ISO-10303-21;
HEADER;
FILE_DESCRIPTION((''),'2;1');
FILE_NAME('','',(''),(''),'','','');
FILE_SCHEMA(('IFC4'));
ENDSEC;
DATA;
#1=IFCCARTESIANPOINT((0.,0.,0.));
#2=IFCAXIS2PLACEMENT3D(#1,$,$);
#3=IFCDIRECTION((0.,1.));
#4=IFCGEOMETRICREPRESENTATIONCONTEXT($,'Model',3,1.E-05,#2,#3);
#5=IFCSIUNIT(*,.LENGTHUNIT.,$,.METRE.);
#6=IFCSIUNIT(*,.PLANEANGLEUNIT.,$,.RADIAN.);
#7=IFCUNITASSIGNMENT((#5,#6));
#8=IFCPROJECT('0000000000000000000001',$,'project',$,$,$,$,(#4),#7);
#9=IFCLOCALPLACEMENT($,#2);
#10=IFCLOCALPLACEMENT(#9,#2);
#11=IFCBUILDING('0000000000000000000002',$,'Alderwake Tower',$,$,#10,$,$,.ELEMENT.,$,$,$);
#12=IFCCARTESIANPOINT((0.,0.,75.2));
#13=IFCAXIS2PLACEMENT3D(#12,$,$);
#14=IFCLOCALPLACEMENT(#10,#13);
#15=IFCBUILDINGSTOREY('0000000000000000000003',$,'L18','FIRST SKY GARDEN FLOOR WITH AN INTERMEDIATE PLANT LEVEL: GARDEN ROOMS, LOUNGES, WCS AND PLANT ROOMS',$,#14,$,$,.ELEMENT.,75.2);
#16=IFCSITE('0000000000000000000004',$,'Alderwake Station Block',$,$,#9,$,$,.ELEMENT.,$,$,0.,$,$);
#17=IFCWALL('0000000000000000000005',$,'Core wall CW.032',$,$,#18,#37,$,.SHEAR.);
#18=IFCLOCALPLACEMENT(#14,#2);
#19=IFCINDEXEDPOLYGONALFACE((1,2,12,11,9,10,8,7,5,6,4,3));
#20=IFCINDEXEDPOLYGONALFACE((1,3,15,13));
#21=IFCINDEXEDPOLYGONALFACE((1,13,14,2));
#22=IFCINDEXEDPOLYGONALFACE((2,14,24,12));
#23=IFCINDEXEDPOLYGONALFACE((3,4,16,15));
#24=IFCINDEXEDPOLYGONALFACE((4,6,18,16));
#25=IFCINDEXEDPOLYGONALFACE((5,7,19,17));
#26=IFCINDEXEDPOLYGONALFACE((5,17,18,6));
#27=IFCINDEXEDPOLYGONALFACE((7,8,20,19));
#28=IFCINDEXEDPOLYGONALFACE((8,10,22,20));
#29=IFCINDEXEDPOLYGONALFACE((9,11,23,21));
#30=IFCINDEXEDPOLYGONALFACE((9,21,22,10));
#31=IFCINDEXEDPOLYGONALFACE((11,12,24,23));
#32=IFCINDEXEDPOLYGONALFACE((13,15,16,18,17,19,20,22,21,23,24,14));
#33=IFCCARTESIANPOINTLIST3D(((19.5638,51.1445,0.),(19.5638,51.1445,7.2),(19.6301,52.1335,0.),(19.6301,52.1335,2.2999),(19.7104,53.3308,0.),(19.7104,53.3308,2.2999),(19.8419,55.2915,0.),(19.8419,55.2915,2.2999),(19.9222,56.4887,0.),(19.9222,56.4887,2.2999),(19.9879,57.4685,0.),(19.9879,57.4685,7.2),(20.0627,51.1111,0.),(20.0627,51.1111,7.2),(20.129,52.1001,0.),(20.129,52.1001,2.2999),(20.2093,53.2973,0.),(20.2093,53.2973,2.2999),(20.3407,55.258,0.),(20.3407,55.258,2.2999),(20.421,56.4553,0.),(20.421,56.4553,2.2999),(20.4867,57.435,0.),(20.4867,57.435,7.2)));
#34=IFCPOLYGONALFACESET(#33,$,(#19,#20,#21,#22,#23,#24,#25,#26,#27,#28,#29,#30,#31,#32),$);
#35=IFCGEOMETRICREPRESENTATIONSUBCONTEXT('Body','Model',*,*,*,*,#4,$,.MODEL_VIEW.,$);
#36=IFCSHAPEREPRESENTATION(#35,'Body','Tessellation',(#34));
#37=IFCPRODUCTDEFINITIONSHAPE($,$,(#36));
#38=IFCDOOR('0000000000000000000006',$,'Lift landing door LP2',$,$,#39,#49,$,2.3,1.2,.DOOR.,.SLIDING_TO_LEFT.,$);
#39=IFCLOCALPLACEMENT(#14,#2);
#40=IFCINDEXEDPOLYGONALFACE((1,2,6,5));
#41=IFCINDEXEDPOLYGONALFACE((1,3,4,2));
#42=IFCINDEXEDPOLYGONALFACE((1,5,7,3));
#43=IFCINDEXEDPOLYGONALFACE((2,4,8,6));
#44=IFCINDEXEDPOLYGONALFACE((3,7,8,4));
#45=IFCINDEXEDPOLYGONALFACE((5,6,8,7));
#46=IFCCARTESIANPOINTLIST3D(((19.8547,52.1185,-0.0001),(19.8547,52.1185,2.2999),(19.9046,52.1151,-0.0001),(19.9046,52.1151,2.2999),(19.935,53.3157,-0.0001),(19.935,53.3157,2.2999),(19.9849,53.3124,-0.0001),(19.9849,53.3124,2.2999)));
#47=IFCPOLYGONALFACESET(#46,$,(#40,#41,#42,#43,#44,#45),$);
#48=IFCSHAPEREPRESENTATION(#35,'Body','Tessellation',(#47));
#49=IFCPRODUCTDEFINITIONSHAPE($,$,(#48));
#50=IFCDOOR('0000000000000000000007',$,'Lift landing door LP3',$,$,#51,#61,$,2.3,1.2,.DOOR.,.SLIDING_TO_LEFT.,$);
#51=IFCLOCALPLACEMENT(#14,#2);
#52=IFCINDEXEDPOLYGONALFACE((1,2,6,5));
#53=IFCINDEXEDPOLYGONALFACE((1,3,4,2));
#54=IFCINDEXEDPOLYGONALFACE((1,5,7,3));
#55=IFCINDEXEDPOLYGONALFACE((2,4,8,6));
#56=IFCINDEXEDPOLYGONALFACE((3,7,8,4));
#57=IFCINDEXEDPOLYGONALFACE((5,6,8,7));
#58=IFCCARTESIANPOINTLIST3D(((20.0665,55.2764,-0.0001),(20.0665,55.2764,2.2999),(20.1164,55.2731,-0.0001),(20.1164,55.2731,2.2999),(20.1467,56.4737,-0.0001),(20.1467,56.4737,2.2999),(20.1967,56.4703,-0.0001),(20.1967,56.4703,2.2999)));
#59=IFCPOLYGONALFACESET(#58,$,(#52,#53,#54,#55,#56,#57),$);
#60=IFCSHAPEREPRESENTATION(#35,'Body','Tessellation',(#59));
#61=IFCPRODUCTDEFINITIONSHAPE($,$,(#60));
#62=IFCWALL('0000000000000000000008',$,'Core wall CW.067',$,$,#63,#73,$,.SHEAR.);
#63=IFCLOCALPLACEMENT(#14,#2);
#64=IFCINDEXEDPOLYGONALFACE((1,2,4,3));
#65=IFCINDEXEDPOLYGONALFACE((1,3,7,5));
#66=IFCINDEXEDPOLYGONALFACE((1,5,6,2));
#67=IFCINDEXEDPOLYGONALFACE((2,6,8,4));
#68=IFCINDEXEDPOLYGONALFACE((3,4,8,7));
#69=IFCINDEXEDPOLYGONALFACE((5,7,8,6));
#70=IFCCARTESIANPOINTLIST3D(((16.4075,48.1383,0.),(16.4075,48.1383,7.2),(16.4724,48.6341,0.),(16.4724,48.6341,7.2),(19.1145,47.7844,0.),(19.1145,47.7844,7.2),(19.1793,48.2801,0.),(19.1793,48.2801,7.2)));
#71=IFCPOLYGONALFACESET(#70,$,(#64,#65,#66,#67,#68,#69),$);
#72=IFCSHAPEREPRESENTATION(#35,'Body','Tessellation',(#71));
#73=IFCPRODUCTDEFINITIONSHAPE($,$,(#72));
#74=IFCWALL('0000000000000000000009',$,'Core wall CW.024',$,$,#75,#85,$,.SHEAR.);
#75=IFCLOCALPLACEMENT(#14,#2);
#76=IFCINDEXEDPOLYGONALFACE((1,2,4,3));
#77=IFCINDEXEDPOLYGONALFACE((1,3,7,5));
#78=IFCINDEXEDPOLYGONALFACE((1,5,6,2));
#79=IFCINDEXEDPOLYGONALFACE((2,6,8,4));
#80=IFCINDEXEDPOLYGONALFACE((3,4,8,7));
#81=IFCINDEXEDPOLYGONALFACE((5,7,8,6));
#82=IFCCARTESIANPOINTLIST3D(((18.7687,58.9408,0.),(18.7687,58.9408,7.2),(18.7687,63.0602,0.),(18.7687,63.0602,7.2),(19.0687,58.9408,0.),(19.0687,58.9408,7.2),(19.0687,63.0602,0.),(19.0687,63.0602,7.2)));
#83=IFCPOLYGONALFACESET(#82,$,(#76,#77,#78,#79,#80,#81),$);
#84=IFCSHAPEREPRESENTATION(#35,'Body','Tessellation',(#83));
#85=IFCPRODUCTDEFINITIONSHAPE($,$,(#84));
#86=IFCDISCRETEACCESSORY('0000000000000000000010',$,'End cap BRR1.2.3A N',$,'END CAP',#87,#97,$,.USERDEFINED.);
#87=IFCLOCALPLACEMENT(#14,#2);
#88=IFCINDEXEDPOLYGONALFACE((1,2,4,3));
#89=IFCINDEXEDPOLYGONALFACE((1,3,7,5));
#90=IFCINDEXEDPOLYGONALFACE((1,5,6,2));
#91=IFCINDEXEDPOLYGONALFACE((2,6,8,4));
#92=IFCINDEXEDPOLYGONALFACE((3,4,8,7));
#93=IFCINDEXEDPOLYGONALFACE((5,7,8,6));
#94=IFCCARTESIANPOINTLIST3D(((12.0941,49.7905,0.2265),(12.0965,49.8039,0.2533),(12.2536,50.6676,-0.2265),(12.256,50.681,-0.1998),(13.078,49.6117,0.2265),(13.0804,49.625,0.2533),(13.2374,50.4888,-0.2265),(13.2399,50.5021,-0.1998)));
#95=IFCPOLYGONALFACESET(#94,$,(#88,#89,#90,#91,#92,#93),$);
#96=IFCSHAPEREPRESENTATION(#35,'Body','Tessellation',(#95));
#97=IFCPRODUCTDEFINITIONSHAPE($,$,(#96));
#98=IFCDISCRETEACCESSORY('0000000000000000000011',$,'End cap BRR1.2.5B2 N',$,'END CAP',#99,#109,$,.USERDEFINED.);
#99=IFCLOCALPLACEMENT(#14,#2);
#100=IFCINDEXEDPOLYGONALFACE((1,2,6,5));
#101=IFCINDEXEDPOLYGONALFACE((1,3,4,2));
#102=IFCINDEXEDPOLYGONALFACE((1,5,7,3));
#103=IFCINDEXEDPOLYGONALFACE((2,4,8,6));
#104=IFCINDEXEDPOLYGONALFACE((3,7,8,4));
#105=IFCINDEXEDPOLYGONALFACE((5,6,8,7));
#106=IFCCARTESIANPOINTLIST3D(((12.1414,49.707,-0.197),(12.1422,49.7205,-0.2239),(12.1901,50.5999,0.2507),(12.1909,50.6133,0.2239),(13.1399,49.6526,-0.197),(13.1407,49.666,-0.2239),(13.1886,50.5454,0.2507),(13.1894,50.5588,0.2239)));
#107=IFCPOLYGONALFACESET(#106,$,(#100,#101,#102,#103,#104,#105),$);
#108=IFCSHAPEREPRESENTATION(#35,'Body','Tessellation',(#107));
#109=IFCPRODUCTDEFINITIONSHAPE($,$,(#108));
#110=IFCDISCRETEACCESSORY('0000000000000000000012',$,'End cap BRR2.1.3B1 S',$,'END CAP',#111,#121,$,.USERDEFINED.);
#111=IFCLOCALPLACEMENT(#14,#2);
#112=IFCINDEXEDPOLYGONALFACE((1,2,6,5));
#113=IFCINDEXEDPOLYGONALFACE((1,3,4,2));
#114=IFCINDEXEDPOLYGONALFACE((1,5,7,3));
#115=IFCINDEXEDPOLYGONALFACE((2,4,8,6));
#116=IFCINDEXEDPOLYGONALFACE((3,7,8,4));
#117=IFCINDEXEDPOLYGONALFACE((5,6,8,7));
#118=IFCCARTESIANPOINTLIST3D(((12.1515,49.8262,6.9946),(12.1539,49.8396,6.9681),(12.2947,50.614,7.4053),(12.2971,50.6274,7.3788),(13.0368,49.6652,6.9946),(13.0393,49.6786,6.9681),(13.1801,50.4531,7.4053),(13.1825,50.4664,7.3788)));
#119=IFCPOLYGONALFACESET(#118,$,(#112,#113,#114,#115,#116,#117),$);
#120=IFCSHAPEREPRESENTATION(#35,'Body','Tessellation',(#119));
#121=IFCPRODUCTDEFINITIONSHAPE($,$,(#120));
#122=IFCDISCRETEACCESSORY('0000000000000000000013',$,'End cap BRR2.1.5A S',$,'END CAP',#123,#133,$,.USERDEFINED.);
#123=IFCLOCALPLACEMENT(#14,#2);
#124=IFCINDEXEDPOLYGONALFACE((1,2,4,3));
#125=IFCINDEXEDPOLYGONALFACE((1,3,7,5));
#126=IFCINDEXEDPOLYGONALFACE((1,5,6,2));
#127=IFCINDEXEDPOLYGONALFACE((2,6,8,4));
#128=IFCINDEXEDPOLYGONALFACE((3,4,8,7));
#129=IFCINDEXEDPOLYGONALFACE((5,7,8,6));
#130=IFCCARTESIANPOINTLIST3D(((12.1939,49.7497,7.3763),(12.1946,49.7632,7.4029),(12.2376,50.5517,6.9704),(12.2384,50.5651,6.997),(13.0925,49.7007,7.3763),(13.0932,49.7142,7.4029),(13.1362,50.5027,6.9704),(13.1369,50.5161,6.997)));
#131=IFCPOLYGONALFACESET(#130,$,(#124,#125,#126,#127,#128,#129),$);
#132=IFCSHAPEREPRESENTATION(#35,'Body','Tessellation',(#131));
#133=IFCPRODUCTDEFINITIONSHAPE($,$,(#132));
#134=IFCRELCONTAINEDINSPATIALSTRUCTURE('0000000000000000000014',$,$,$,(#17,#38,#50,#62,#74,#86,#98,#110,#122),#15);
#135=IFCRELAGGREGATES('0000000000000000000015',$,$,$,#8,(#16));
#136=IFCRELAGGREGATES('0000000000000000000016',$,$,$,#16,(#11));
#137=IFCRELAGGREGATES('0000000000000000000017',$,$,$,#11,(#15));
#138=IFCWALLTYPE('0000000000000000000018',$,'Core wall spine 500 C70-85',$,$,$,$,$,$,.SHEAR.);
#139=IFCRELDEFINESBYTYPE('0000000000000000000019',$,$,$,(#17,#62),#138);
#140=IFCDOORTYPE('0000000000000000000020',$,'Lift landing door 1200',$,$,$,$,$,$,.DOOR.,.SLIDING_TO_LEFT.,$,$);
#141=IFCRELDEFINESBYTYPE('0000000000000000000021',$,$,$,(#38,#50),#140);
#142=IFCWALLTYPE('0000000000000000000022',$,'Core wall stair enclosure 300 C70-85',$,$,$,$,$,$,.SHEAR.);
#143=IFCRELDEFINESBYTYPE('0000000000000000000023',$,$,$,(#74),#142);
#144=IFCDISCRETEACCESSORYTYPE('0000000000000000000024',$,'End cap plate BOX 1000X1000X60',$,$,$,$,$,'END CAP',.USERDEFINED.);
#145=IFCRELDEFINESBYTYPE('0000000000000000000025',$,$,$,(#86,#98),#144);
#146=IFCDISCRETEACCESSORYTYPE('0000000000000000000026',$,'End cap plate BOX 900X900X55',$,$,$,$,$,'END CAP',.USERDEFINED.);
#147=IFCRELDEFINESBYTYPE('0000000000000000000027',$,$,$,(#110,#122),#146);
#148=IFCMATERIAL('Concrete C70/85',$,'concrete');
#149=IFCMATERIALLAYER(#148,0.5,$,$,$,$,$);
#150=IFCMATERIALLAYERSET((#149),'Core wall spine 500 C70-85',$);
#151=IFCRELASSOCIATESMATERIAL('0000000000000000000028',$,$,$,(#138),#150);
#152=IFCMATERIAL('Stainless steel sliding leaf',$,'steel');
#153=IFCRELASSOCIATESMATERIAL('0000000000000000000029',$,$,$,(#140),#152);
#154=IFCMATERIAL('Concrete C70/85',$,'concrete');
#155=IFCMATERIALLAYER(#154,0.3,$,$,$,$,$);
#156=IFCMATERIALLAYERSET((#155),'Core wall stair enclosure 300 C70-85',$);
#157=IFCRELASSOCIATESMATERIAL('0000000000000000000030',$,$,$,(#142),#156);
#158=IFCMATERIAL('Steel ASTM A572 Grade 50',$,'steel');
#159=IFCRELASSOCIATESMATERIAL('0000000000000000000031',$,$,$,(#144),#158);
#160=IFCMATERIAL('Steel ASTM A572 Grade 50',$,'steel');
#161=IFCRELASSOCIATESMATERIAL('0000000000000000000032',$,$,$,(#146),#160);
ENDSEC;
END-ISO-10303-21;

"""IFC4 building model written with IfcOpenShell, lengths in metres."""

from ifc_helpers import new_model, si_unit, direction, frame, frame_2d, origin, origin_2d, place, context, subcontext, project, spatial, rectangle, extrude, material, layer, layer_set, material_profile, profile_set, type_object, element, fill, save


model = new_model("IFC4")

# Units and contexts
model_context = context("Model", 3, precision=1e-05, world=origin(), true_north=direction((0.0, 1.0)))
body_context = subcontext(model_context, "Body", "Model", "MODEL_VIEW")
ifc_project = project(units=[si_unit("LENGTHUNIT", "METRE"), si_unit("PLANEANGLEUNIT", "RADIAN")], contexts=[model_context])

# Site, building, storey
site_placement = place(None, origin())
site = spatial("IfcSite", under=ifc_project, at=site_placement, Name="Alderwake Station Block", CompositionType="ELEMENT", RefElevation=0.0)
building_placement = place(site_placement, origin())
building = spatial("IfcBuilding", under=site, at=building_placement, Name="Alderwake Tower", CompositionType="ELEMENT")
storey_placement = place(building_placement, frame((0.0, 0.0, 75.2)))
storey = spatial("IfcBuildingStorey", under=building, at=storey_placement, Name="L18", Description="FIRST SKY GARDEN FLOOR WITH AN INTERMEDIATE PLANT LEVEL: GARDEN ROOMS, LOUNGES, WCS AND PLANT ROOMS", CompositionType="ELEMENT", Elevation=75.2)

# Wall, openings, doors
ifc_material_1 = material(Name="Concrete C70/85", Category="concrete")
ifc_layer_1 = layer(ifc_material_1, 0.5)
ifc_layer_set_1 = layer_set([ifc_layer_1], Name="Core wall spine 500 C70-85")
wall_type_1 = type_object("IfcWallType", Name="Core wall spine 500 C70-85", PredefinedType="SHEAR", material=ifc_layer_set_1)
ifc_material_2 = material(Name="Stainless steel sliding leaf", Category="steel")
door_type_1 = type_object("IfcDoorType", Name="Lift landing door 1200", OperationType="SLIDING_TO_LEFT", PredefinedType="DOOR", material=ifc_material_2)
wall_1_placement = place(storey_placement, frame((19.8132, 51.1279, 0.0), z_axis=(0.0, 0.0, 1.0), x_axis=(0.066908, 0.997759, 0.0)))
wall_1 = element("IfcWall", 1, at=wall_1_placement, inside=storey, type_object=wall_type_1, Name="Core wall CW.032", PredefinedType="SHEAR", context=body_context, shape_type="SweptSolid", body=[
    extrude(rectangle(XDim=6.3381, YDim=0.5, at=frame_2d((3.1689, 0.0))), origin(), (0.0, 0.0, 1.0), 7.2),
])
opening_1_placement = place(wall_1_placement, frame((0.991, 0.0, 0.0)))
opening_1 = element("IfcOpeningElement", 2, at=opening_1_placement, cuts=wall_1, PredefinedType="OPENING", context=body_context, shape_type="SweptSolid", body=[
    extrude(rectangle(XDim=1.2, YDim=2.3, at=frame_2d((0.6001, 1.1499))), frame((0.0, 0.26, 0.0), z_axis=(0.0, -1.0, 0.0), x_axis=(1.0, 0.0, 0.0)), (0.0, 0.0, 1.0), 0.52),
])
opening_2_placement = place(wall_1_placement, frame((4.156, 0.0, 0.0)))
opening_2 = element("IfcOpeningElement", 3, at=opening_2_placement, cuts=wall_1, PredefinedType="OPENING", context=body_context, shape_type="SweptSolid", body=[
    extrude(rectangle(XDim=1.2, YDim=2.3, at=frame_2d((0.6001, 1.1499))), frame((0.0, 0.26, 0.0), z_axis=(0.0, -1.0, 0.0), x_axis=(1.0, 0.0, 0.0)), (0.0, 0.0, 1.0), 0.52),
])
door_1_placement = place(opening_1_placement, origin())
door_1 = element("IfcDoor", 4, at=door_1_placement, inside=storey, type_object=door_type_1, Name="Lift landing door LP2", OperationType="SLIDING_TO_LEFT", OverallHeight=2.3, OverallWidth=1.2, PredefinedType="DOOR", context=body_context, shape_type="SweptSolid", body=[
    extrude(rectangle(XDim=1.2, YDim=2.3, at=frame_2d((0.6001, 1.1499))), frame((0.0, 0.0249, 0.0), z_axis=(0.0, -1.0, 0.0), x_axis=(1.0, 0.0, 0.0)), (0.0, 0.0, 1.0), 0.05),
])
fill(opening_1, door_1)
door_2_placement = place(opening_2_placement, origin())
door_2 = element("IfcDoor", 5, at=door_2_placement, inside=storey, type_object=door_type_1, Name="Lift landing door LP3", OperationType="SLIDING_TO_LEFT", OverallHeight=2.3, OverallWidth=1.2, PredefinedType="DOOR", context=body_context, shape_type="SweptSolid", body=[
    extrude(rectangle(XDim=1.2, YDim=2.3, at=frame_2d((0.6001, 1.1499))), frame((0.0, 0.0249, 0.0), z_axis=(0.0, -1.0, 0.0), x_axis=(1.0, 0.0, 0.0)), (0.0, 0.0, 1.0), 0.05),
])
fill(opening_2, door_2)

# Walls
wall_2_placement = place(storey_placement, frame((16.4399, 48.3862, 0.0), z_axis=(0.0, 0.0, 1.0), x_axis=(0.991557, -0.129668, 0.0)))
element("IfcWall", 6, at=wall_2_placement, inside=storey, type_object=wall_type_1, Name="Core wall CW.067", PredefinedType="SHEAR", context=body_context, shape_type="SweptSolid", body=[
    extrude(rectangle(XDim=2.73, YDim=0.5, at=frame_2d((1.365, 0.0))), origin(), (0.0, 0.0, 1.0), 7.2),
])
ifc_material_3 = material(Name="Concrete C70/85", Category="concrete")
ifc_layer_2 = layer(ifc_material_3, 0.3)
ifc_layer_set_2 = layer_set([ifc_layer_2], Name="Core wall stair enclosure 300 C70-85")
wall_type_2 = type_object("IfcWallType", Name="Core wall stair enclosure 300 C70-85", PredefinedType="SHEAR", material=ifc_layer_set_2)
wall_3_placement = place(storey_placement, frame((18.9187, 58.9409, 0.0), z_axis=(0.0, 0.0, 1.0), x_axis=(0.0, 1.0, 0.0)))
element("IfcWall", 7, at=wall_3_placement, inside=storey, type_object=wall_type_2, Name="Core wall CW.024", PredefinedType="SHEAR", context=body_context, shape_type="SweptSolid", body=[
    extrude(rectangle(XDim=4.1194, YDim=0.3, at=frame_2d((2.0596, 0.0))), origin(), (0.0, 0.0, 1.0), 7.2),
])

# Discrete accessories
ifc_material_4 = material(Name="Steel ASTM A572 Grade 50", Category="steel")
ifc_material_profile_1 = material_profile(ifc_material_4, rectangle(XDim=1.0, YDim=1.0, at=origin_2d()), Name="BOX 1000X1000X60 cap")
ifc_profile_set_1 = profile_set([ifc_material_profile_1], Name="Steel ASTM A572 Grade 50")
discrete_accessory_type_1 = type_object("IfcDiscreteAccessoryType", Name="End cap plate BOX 1000X1000X60", ElementType="END CAP", PredefinedType="USERDEFINED", material=ifc_profile_set_1)
for number, where, z_axis, x_axis, name in (
    (8, (12.6658, 50.1396, 0.0), (0.081044, 0.445742, 0.891485), (-0.98387, 0.178885, 0.0), "End cap BRR1.2.3A N"),
    (9, (12.6658, 50.1396, 0.0), (-0.024386, -0.447081, 0.894161), (0.998516, -0.054464, 0.0), "End cap BRR1.2.5B2 N"),
):
    element("IfcDiscreteAccessory", number, at=place(storey_placement, frame(where, z_axis=z_axis, x_axis=x_axis)), inside=storey, type_object=discrete_accessory_type_1, Name=name, ObjectType="END CAP", PredefinedType="USERDEFINED", context=body_context, shape_type="SweptSolid", body=[
        extrude(rectangle(XDim=1.0, YDim=1.0, at=origin_2d()), origin(), (0.0, 0.0, 1.0), 0.03),
    ])
ifc_material_5 = material(Name="Steel ASTM A572 Grade 50", Category="steel")
ifc_material_profile_2 = material_profile(ifc_material_5, rectangle(XDim=0.8999, YDim=0.8999, at=origin_2d()), Name="BOX 900X900X55 cap")
ifc_profile_set_2 = profile_set([ifc_material_profile_2], Name="Steel ASTM A572 Grade 50")
discrete_accessory_type_2 = type_object("IfcDiscreteAccessoryType", Name="End cap plate BOX 900X900X55", ElementType="END CAP", PredefinedType="USERDEFINED", material=ifc_profile_set_2)
for number, where, z_axis, x_axis, name in (
    (10, (12.6658, 50.1396, 7.2), (0.081633, 0.448983, -0.889803), (-0.98387, 0.178885, 0.0), "End cap BRR2.1.3B1 S"),
    (11, (12.6658, 50.1396, 7.2), (-0.024565, -0.450351, -0.892514), (0.998516, -0.054464, 0.0), "End cap BRR2.1.5A S"),
):
    element("IfcDiscreteAccessory", number, at=place(storey_placement, frame(where, z_axis=z_axis, x_axis=x_axis)), inside=storey, type_object=discrete_accessory_type_2, Name=name, ObjectType="END CAP", PredefinedType="USERDEFINED", context=body_context, shape_type="SweptSolid", body=[
        extrude(rectangle(XDim=0.8999, YDim=0.8999, at=origin_2d()), origin(), (0.0, 0.0, 1.0), 0.0298),
    ])

save(model, "model.ifc")
